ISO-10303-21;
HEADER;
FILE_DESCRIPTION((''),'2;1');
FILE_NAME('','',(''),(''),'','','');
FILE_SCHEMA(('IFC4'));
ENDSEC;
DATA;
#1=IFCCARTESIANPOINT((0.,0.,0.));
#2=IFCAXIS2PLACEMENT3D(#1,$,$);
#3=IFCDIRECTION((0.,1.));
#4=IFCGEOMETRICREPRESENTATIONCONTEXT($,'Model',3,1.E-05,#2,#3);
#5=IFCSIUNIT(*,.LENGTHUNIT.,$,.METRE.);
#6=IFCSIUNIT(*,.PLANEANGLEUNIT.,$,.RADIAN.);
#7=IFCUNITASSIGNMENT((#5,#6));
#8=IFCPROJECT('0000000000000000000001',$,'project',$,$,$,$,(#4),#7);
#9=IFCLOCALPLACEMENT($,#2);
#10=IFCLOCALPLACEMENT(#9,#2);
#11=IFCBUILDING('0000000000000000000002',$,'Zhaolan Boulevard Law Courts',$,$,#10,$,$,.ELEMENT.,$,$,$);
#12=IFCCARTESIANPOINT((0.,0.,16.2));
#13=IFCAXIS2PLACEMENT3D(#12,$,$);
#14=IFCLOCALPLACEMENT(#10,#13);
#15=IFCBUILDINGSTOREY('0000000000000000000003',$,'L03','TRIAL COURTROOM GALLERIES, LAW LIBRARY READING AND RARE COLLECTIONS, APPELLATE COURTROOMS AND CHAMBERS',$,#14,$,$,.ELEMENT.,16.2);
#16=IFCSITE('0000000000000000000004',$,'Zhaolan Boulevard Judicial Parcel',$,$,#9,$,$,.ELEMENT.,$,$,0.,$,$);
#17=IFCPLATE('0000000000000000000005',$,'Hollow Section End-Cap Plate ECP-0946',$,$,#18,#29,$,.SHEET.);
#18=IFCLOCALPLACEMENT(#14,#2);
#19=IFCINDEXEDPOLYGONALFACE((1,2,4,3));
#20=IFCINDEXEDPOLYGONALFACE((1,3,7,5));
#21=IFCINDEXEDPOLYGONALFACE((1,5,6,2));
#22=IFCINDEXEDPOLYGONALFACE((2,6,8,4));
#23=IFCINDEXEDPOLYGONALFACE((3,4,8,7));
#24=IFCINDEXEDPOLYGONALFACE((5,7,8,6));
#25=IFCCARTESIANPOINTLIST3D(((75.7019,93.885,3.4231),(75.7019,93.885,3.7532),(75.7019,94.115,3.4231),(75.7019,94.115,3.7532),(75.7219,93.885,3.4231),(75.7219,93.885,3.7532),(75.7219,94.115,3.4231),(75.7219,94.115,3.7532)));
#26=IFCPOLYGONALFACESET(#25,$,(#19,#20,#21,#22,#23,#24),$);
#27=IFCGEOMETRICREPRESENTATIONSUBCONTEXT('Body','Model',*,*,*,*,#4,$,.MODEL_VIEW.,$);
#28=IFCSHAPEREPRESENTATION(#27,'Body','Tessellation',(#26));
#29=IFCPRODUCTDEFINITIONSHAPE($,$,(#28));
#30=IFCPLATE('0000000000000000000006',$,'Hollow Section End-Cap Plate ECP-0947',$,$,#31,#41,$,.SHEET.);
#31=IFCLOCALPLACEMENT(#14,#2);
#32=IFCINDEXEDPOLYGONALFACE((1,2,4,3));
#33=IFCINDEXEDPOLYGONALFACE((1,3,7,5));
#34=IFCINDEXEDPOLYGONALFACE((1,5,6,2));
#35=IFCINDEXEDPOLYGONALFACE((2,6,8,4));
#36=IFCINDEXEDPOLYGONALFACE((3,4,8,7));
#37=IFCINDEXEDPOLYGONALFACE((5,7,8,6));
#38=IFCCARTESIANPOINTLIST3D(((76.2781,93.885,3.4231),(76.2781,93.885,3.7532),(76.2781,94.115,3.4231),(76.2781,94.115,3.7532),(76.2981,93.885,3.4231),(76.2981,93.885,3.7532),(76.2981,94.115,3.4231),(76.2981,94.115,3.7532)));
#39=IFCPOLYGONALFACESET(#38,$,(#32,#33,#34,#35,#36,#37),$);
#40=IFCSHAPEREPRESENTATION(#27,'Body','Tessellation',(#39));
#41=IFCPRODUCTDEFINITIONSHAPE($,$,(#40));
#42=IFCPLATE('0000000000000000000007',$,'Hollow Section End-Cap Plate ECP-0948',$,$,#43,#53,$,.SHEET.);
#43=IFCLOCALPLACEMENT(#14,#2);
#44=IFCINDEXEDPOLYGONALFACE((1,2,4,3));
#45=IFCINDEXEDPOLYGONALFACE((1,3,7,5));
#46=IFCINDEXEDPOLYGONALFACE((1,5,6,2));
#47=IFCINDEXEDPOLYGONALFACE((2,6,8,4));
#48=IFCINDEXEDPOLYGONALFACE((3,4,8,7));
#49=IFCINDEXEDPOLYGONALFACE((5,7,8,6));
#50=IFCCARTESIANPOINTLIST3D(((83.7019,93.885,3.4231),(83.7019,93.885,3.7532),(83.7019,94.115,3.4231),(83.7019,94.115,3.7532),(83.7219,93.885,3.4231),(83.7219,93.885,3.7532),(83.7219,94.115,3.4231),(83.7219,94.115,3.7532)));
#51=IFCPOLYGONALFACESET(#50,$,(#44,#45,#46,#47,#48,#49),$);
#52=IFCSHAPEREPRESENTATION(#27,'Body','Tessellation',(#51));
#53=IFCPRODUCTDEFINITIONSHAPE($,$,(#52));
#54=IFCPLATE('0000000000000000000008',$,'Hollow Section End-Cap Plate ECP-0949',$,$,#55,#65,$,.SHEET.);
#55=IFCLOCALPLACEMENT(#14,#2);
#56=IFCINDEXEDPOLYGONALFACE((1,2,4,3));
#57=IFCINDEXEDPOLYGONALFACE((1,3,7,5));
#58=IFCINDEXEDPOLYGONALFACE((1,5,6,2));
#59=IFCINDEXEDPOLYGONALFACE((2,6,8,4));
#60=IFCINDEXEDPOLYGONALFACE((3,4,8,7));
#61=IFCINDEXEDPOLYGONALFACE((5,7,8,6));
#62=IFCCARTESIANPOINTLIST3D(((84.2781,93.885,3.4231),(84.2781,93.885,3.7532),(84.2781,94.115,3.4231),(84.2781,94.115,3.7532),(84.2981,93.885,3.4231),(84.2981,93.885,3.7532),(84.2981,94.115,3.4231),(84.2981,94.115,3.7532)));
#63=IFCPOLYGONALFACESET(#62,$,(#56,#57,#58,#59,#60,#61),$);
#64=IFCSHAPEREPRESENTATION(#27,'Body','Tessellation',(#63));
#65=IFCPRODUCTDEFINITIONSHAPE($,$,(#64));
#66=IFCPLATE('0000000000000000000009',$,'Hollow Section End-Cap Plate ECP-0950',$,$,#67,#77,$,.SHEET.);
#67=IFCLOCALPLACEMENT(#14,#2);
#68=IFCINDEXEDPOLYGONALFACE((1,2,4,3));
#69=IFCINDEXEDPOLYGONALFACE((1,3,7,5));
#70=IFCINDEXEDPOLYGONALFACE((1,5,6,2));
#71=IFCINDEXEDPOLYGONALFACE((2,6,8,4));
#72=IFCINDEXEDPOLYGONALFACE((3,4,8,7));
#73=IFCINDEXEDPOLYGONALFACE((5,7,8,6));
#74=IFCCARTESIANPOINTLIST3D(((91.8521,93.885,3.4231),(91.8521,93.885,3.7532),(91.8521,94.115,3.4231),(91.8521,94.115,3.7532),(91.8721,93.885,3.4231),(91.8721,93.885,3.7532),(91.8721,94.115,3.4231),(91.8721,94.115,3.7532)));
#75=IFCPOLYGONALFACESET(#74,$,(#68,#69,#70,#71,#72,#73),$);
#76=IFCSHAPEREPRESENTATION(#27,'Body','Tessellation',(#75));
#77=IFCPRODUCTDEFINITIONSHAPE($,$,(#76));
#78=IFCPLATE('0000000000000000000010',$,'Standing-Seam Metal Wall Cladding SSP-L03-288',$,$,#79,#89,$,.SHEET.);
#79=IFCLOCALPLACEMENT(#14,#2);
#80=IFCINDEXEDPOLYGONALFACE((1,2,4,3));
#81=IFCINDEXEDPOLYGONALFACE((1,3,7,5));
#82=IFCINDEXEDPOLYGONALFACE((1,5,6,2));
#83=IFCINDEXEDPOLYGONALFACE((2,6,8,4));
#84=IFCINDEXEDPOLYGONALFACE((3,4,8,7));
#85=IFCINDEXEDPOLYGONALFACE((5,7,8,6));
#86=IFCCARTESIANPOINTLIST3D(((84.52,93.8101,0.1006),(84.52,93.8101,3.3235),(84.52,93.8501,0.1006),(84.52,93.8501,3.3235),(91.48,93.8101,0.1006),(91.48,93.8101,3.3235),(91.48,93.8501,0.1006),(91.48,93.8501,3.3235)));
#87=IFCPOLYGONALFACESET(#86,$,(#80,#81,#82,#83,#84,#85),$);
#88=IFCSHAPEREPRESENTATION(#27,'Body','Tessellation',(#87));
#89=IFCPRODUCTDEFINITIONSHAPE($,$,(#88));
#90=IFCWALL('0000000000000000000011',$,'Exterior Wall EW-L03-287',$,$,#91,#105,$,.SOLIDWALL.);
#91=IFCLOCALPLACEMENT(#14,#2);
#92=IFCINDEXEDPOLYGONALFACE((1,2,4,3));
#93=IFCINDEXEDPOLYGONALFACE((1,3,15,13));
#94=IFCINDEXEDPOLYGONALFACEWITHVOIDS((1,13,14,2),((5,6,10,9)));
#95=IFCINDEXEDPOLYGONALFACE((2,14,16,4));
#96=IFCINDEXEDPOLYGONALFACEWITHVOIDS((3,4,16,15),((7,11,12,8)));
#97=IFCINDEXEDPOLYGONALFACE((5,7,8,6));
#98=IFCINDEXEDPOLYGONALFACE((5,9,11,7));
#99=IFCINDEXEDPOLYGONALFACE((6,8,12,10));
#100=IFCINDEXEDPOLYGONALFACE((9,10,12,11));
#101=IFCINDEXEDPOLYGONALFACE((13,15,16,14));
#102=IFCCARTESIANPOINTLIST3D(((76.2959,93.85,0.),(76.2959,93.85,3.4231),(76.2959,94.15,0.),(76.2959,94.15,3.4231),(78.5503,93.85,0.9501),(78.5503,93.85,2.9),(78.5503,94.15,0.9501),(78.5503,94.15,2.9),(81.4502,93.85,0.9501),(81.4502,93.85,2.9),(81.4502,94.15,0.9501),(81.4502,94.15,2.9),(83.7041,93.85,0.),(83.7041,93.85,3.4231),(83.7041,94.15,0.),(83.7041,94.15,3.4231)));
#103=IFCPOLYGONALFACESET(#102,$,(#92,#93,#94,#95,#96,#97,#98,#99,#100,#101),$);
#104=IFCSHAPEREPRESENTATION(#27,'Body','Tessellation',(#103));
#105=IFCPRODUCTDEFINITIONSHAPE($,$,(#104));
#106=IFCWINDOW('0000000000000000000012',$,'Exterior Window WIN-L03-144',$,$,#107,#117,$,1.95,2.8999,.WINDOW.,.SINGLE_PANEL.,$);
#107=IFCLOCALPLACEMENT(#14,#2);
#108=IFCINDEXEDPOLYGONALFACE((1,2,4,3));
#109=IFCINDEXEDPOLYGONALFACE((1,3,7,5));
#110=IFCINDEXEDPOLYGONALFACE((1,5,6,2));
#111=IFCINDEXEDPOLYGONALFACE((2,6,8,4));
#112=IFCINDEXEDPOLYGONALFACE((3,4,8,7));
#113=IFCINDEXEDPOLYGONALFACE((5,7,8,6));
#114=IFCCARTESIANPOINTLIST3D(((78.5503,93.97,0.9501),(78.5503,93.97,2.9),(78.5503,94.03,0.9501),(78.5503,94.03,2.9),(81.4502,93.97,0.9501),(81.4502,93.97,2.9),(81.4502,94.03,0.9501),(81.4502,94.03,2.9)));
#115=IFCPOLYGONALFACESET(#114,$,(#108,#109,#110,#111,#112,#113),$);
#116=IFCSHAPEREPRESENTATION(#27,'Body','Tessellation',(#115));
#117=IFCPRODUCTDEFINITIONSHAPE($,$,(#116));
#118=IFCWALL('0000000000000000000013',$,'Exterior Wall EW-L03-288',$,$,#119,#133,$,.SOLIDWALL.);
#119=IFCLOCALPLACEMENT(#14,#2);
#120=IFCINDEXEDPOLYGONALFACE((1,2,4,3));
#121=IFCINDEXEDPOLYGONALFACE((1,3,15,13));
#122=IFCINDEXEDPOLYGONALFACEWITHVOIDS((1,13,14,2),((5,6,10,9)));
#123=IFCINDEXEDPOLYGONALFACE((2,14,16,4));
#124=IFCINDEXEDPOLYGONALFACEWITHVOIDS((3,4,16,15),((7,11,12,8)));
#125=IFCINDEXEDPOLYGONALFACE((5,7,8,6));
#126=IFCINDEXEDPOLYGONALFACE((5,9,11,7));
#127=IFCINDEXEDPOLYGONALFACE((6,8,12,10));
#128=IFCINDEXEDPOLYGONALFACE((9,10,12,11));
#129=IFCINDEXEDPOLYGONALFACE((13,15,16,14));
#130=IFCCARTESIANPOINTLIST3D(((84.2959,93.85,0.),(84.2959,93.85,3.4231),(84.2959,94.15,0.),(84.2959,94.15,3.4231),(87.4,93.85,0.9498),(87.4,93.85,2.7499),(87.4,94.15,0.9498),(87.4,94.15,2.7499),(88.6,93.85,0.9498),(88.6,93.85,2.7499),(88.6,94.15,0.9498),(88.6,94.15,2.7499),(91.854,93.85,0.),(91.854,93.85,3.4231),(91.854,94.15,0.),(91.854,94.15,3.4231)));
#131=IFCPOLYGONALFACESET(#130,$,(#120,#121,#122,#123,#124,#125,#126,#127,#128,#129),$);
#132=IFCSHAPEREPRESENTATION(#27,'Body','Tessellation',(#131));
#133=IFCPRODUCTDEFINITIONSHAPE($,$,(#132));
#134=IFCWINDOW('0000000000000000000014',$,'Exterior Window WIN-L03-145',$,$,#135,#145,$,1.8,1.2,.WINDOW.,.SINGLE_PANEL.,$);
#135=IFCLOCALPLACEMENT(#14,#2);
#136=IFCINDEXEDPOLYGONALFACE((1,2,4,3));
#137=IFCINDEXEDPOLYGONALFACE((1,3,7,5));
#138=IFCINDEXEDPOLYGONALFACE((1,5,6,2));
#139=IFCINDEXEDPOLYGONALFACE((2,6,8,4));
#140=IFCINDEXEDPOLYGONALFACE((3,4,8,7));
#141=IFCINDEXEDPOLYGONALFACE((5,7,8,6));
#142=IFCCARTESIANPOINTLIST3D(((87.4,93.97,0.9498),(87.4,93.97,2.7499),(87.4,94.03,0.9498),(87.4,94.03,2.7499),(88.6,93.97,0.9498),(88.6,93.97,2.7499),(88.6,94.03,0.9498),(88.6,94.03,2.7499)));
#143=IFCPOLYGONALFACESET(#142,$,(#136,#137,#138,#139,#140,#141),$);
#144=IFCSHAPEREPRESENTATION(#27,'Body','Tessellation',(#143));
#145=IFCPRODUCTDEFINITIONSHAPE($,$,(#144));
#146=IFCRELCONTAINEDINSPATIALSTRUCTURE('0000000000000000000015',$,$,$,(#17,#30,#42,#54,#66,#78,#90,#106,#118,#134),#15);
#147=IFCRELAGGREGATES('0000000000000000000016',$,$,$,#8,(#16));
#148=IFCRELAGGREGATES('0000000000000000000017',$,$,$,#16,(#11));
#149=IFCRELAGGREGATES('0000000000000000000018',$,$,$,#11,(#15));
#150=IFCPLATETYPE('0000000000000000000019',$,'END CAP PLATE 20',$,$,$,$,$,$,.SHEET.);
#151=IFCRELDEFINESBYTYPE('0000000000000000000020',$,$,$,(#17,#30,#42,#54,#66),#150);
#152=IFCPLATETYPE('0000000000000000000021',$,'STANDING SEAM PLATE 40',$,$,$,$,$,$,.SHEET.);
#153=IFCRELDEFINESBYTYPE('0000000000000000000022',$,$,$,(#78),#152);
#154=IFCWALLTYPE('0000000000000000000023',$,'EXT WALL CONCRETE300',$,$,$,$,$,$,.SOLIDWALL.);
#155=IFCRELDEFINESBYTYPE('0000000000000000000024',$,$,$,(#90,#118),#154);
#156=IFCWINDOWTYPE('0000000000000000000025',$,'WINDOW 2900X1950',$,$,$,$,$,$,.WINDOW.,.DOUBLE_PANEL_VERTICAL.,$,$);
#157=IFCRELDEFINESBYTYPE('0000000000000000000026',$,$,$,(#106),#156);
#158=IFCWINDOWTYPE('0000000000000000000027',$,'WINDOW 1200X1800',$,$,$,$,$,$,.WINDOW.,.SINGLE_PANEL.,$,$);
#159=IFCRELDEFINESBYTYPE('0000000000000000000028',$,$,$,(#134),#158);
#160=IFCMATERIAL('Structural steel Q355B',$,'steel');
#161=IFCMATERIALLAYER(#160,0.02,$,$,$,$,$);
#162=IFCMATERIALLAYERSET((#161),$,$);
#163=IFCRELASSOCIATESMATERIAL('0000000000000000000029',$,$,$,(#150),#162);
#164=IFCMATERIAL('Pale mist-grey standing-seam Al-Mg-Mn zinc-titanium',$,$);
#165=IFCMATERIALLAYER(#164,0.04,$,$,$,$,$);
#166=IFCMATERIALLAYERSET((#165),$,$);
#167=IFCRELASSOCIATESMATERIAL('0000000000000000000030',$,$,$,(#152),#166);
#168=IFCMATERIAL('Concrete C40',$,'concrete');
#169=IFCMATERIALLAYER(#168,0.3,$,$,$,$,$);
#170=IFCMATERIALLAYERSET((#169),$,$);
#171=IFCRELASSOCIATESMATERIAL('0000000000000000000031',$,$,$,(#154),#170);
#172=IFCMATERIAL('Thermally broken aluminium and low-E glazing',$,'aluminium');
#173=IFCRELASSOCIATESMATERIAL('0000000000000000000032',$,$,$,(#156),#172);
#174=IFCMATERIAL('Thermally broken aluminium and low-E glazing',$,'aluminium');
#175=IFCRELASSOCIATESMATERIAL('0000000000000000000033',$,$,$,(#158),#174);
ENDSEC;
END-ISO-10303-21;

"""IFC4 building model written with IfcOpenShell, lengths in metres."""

from ifc_helpers import new_model, si_unit, direction, frame, frame_2d, origin, origin_2d, place, context, subcontext, project, spatial, rectangle, extrude, material, layer, layer_set, type_object, element, fill, save


model = new_model("IFC4")

# Units and contexts
model_context = context("Model", 3, precision=1e-05, world=origin(), true_north=direction((0.0, 1.0)))
body_context = subcontext(model_context, "Body", "Model", "MODEL_VIEW")
ifc_project = project(units=[si_unit("LENGTHUNIT", "METRE"), si_unit("PLANEANGLEUNIT", "RADIAN")], contexts=[model_context])

# Site, building, storey
site_placement = place(None, origin())
site = spatial("IfcSite", under=ifc_project, at=site_placement, Name="Zhaolan Boulevard Judicial Parcel", CompositionType="ELEMENT", RefElevation=0.0)
building_placement = place(site_placement, origin())
building = spatial("IfcBuilding", under=site, at=building_placement, Name="Zhaolan Boulevard Law Courts", CompositionType="ELEMENT")
storey_placement = place(building_placement, frame((0.0, 0.0, 16.2)))
storey = spatial("IfcBuildingStorey", under=building, at=storey_placement, Name="L03", Description="TRIAL COURTROOM GALLERIES, LAW LIBRARY READING AND RARE COLLECTIONS, APPELLATE COURTROOMS AND CHAMBERS", CompositionType="ELEMENT", Elevation=16.2)

# Plates
ifc_material_1 = material(Name="Structural steel Q355B", Category="steel")
ifc_layer_1 = layer(ifc_material_1, 0.02)
ifc_layer_set_1 = layer_set([ifc_layer_1])
plate_type_1 = type_object("IfcPlateType", Name="END CAP PLATE 20", PredefinedType="SHEET", material=ifc_layer_set_1)
for number, where, z_axis, x_axis, name in (
    (1, (75.7119, 94.0, 3.4231), (0.0, 0.0, 1.0), (1.0, 0.0, 0.0), "Hollow Section End-Cap Plate ECP-0946"),
    (2, (76.2881, 94.0, 3.4231), (0.0, 0.0, 1.0), (1.0, 0.0, 0.0), "Hollow Section End-Cap Plate ECP-0947"),
    (3, (83.7119, 94.0, 3.4231), (0.0, 0.0, 1.0), (1.0, 0.0, 0.0), "Hollow Section End-Cap Plate ECP-0948"),
    (4, (84.2881, 94.0, 3.4231), (0.0, 0.0, 1.0), (1.0, 0.0, 0.0), "Hollow Section End-Cap Plate ECP-0949"),
    (5, (91.8621, 94.0, 3.4231), (0.0, 0.0, 1.0), (1.0, 0.0, 0.0), "Hollow Section End-Cap Plate ECP-0950"),
):
    element("IfcPlate", number, at=place(storey_placement, frame(where, z_axis=z_axis, x_axis=x_axis)), inside=storey, type_object=plate_type_1, Name=name, PredefinedType="SHEET", context=body_context, shape_type="SweptSolid", body=[
        extrude(rectangle(XDim=0.02, YDim=0.23, at=origin_2d()), origin(), (0.0, 0.0, 1.0), 0.3301),
    ])
ifc_material_2 = material(Name="Pale mist-grey standing-seam Al-Mg-Mn zinc-titanium")
ifc_layer_2 = layer(ifc_material_2, 0.04)
ifc_layer_set_2 = layer_set([ifc_layer_2])
plate_type_2 = type_object("IfcPlateType", Name="STANDING SEAM PLATE 40", PredefinedType="SHEET", material=ifc_layer_set_2)
plate_placement = place(storey_placement, frame((88.0, 93.8301, 0.1006), z_axis=(0.0, 0.0, 1.0), x_axis=(-1.0, 0.0, 0.0)))
element("IfcPlate", 6, at=plate_placement, inside=storey, type_object=plate_type_2, Name="Standing-Seam Metal Wall Cladding SSP-L03-288", PredefinedType="SHEET", context=body_context, shape_type="SweptSolid", body=[
    extrude(rectangle(XDim=6.96, YDim=0.04, at=origin_2d()), origin(), (0.0, 0.0, 1.0), 3.2229),
])

# Walls, openings, windows
ifc_material_3 = material(Name="Concrete C40", Category="concrete")
ifc_layer_3 = layer(ifc_material_3, 0.3)
ifc_layer_set_3 = layer_set([ifc_layer_3])
wall_type = type_object("IfcWallType", Name="EXT WALL CONCRETE300", PredefinedType="SOLIDWALL", material=ifc_layer_set_3)
wall_1_placement = place(storey_placement, frame((83.7041, 94.0, 0.0), z_axis=(0.0, 0.0, 1.0), x_axis=(-1.0, 0.0, 0.0)))
wall_1 = element("IfcWall", 7, at=wall_1_placement, inside=storey, type_object=wall_type, Name="Exterior Wall EW-L03-287", PredefinedType="SOLIDWALL", context=body_context, shape_type="SweptSolid", body=[
    extrude(rectangle(XDim=7.4082, YDim=0.3, at=frame_2d((3.7041, 0.0))), origin(), (0.0, 0.0, 1.0), 3.4231),
])
opening_1_placement = place(wall_1_placement, frame((2.2539, 0.0, 0.95)))
opening_1 = element("IfcOpeningElement", 8, at=opening_1_placement, cuts=wall_1, PredefinedType="OPENING", context=body_context, shape_type="SweptSolid", body=[
    extrude(rectangle(XDim=2.8999, YDim=1.95, at=frame_2d((1.45, 0.9751))), frame((0.0, 0.1599, 0.0), z_axis=(0.0, -1.0, 0.0), x_axis=(1.0, 0.0, 0.0)), (0.0, 0.0, 1.0), 0.3201),
])
ifc_material_4 = material(Name="Thermally broken aluminium and low-E glazing", Category="aluminium")
window_type_1 = type_object("IfcWindowType", Name="WINDOW 2900X1950", PartitioningType="DOUBLE_PANEL_VERTICAL", PredefinedType="WINDOW", material=ifc_material_4)
window_1_placement = place(opening_1_placement, origin())
window_1 = element("IfcWindow", 9, at=window_1_placement, inside=storey, type_object=window_type_1, Name="Exterior Window WIN-L03-144", OverallHeight=1.95, OverallWidth=2.8999, PartitioningType="SINGLE_PANEL", PredefinedType="WINDOW", context=body_context, shape_type="SweptSolid", body=[
    extrude(rectangle(XDim=2.8999, YDim=1.95, at=frame_2d((1.45, 0.9751))), frame((0.0, 0.03, 0.0), z_axis=(0.0, -1.0, 0.0), x_axis=(1.0, 0.0, 0.0)), (0.0, 0.0, 1.0), 0.0601),
])
fill(opening_1, window_1)
wall_2_placement = place(storey_placement, frame((91.854, 94.0, 0.0), z_axis=(0.0, 0.0, 1.0), x_axis=(-1.0, 0.0, 0.0)))
wall_2 = element("IfcWall", 10, at=wall_2_placement, inside=storey, type_object=wall_type, Name="Exterior Wall EW-L03-288", PredefinedType="SOLIDWALL", context=body_context, shape_type="SweptSolid", body=[
    extrude(rectangle(XDim=7.5581, YDim=0.3, at=frame_2d((3.7791, 0.0))), origin(), (0.0, 0.0, 1.0), 3.4231),
])
opening_2_placement = place(wall_2_placement, frame((3.2539, 0.0, 0.95)))
opening_2 = element("IfcOpeningElement", 11, at=opening_2_placement, cuts=wall_2, PredefinedType="OPENING", context=body_context, shape_type="SweptSolid", body=[
    extrude(rectangle(XDim=1.2, YDim=1.8, at=frame_2d((0.6001, 0.8999))), frame((0.0, 0.1599, 0.0), z_axis=(0.0, -1.0, 0.0), x_axis=(1.0, 0.0, 0.0)), (0.0, 0.0, 1.0), 0.3201),
])
ifc_material_5 = material(Name="Thermally broken aluminium and low-E glazing", Category="aluminium")
window_type_2 = type_object("IfcWindowType", Name="WINDOW 1200X1800", PartitioningType="SINGLE_PANEL", PredefinedType="WINDOW", material=ifc_material_5)
window_2_placement = place(opening_2_placement, origin())
window_2 = element("IfcWindow", 12, at=window_2_placement, inside=storey, type_object=window_type_2, Name="Exterior Window WIN-L03-145", OverallHeight=1.8, OverallWidth=1.2, PartitioningType="SINGLE_PANEL", PredefinedType="WINDOW", context=body_context, shape_type="SweptSolid", body=[
    extrude(rectangle(XDim=1.2, YDim=1.8, at=frame_2d((0.6001, 0.8999))), frame((0.0, 0.03, 0.0), z_axis=(0.0, -1.0, 0.0), x_axis=(1.0, 0.0, 0.0)), (0.0, 0.0, 1.0), 0.0601),
])
fill(opening_2, window_2)

save(model, "model.ifc")
